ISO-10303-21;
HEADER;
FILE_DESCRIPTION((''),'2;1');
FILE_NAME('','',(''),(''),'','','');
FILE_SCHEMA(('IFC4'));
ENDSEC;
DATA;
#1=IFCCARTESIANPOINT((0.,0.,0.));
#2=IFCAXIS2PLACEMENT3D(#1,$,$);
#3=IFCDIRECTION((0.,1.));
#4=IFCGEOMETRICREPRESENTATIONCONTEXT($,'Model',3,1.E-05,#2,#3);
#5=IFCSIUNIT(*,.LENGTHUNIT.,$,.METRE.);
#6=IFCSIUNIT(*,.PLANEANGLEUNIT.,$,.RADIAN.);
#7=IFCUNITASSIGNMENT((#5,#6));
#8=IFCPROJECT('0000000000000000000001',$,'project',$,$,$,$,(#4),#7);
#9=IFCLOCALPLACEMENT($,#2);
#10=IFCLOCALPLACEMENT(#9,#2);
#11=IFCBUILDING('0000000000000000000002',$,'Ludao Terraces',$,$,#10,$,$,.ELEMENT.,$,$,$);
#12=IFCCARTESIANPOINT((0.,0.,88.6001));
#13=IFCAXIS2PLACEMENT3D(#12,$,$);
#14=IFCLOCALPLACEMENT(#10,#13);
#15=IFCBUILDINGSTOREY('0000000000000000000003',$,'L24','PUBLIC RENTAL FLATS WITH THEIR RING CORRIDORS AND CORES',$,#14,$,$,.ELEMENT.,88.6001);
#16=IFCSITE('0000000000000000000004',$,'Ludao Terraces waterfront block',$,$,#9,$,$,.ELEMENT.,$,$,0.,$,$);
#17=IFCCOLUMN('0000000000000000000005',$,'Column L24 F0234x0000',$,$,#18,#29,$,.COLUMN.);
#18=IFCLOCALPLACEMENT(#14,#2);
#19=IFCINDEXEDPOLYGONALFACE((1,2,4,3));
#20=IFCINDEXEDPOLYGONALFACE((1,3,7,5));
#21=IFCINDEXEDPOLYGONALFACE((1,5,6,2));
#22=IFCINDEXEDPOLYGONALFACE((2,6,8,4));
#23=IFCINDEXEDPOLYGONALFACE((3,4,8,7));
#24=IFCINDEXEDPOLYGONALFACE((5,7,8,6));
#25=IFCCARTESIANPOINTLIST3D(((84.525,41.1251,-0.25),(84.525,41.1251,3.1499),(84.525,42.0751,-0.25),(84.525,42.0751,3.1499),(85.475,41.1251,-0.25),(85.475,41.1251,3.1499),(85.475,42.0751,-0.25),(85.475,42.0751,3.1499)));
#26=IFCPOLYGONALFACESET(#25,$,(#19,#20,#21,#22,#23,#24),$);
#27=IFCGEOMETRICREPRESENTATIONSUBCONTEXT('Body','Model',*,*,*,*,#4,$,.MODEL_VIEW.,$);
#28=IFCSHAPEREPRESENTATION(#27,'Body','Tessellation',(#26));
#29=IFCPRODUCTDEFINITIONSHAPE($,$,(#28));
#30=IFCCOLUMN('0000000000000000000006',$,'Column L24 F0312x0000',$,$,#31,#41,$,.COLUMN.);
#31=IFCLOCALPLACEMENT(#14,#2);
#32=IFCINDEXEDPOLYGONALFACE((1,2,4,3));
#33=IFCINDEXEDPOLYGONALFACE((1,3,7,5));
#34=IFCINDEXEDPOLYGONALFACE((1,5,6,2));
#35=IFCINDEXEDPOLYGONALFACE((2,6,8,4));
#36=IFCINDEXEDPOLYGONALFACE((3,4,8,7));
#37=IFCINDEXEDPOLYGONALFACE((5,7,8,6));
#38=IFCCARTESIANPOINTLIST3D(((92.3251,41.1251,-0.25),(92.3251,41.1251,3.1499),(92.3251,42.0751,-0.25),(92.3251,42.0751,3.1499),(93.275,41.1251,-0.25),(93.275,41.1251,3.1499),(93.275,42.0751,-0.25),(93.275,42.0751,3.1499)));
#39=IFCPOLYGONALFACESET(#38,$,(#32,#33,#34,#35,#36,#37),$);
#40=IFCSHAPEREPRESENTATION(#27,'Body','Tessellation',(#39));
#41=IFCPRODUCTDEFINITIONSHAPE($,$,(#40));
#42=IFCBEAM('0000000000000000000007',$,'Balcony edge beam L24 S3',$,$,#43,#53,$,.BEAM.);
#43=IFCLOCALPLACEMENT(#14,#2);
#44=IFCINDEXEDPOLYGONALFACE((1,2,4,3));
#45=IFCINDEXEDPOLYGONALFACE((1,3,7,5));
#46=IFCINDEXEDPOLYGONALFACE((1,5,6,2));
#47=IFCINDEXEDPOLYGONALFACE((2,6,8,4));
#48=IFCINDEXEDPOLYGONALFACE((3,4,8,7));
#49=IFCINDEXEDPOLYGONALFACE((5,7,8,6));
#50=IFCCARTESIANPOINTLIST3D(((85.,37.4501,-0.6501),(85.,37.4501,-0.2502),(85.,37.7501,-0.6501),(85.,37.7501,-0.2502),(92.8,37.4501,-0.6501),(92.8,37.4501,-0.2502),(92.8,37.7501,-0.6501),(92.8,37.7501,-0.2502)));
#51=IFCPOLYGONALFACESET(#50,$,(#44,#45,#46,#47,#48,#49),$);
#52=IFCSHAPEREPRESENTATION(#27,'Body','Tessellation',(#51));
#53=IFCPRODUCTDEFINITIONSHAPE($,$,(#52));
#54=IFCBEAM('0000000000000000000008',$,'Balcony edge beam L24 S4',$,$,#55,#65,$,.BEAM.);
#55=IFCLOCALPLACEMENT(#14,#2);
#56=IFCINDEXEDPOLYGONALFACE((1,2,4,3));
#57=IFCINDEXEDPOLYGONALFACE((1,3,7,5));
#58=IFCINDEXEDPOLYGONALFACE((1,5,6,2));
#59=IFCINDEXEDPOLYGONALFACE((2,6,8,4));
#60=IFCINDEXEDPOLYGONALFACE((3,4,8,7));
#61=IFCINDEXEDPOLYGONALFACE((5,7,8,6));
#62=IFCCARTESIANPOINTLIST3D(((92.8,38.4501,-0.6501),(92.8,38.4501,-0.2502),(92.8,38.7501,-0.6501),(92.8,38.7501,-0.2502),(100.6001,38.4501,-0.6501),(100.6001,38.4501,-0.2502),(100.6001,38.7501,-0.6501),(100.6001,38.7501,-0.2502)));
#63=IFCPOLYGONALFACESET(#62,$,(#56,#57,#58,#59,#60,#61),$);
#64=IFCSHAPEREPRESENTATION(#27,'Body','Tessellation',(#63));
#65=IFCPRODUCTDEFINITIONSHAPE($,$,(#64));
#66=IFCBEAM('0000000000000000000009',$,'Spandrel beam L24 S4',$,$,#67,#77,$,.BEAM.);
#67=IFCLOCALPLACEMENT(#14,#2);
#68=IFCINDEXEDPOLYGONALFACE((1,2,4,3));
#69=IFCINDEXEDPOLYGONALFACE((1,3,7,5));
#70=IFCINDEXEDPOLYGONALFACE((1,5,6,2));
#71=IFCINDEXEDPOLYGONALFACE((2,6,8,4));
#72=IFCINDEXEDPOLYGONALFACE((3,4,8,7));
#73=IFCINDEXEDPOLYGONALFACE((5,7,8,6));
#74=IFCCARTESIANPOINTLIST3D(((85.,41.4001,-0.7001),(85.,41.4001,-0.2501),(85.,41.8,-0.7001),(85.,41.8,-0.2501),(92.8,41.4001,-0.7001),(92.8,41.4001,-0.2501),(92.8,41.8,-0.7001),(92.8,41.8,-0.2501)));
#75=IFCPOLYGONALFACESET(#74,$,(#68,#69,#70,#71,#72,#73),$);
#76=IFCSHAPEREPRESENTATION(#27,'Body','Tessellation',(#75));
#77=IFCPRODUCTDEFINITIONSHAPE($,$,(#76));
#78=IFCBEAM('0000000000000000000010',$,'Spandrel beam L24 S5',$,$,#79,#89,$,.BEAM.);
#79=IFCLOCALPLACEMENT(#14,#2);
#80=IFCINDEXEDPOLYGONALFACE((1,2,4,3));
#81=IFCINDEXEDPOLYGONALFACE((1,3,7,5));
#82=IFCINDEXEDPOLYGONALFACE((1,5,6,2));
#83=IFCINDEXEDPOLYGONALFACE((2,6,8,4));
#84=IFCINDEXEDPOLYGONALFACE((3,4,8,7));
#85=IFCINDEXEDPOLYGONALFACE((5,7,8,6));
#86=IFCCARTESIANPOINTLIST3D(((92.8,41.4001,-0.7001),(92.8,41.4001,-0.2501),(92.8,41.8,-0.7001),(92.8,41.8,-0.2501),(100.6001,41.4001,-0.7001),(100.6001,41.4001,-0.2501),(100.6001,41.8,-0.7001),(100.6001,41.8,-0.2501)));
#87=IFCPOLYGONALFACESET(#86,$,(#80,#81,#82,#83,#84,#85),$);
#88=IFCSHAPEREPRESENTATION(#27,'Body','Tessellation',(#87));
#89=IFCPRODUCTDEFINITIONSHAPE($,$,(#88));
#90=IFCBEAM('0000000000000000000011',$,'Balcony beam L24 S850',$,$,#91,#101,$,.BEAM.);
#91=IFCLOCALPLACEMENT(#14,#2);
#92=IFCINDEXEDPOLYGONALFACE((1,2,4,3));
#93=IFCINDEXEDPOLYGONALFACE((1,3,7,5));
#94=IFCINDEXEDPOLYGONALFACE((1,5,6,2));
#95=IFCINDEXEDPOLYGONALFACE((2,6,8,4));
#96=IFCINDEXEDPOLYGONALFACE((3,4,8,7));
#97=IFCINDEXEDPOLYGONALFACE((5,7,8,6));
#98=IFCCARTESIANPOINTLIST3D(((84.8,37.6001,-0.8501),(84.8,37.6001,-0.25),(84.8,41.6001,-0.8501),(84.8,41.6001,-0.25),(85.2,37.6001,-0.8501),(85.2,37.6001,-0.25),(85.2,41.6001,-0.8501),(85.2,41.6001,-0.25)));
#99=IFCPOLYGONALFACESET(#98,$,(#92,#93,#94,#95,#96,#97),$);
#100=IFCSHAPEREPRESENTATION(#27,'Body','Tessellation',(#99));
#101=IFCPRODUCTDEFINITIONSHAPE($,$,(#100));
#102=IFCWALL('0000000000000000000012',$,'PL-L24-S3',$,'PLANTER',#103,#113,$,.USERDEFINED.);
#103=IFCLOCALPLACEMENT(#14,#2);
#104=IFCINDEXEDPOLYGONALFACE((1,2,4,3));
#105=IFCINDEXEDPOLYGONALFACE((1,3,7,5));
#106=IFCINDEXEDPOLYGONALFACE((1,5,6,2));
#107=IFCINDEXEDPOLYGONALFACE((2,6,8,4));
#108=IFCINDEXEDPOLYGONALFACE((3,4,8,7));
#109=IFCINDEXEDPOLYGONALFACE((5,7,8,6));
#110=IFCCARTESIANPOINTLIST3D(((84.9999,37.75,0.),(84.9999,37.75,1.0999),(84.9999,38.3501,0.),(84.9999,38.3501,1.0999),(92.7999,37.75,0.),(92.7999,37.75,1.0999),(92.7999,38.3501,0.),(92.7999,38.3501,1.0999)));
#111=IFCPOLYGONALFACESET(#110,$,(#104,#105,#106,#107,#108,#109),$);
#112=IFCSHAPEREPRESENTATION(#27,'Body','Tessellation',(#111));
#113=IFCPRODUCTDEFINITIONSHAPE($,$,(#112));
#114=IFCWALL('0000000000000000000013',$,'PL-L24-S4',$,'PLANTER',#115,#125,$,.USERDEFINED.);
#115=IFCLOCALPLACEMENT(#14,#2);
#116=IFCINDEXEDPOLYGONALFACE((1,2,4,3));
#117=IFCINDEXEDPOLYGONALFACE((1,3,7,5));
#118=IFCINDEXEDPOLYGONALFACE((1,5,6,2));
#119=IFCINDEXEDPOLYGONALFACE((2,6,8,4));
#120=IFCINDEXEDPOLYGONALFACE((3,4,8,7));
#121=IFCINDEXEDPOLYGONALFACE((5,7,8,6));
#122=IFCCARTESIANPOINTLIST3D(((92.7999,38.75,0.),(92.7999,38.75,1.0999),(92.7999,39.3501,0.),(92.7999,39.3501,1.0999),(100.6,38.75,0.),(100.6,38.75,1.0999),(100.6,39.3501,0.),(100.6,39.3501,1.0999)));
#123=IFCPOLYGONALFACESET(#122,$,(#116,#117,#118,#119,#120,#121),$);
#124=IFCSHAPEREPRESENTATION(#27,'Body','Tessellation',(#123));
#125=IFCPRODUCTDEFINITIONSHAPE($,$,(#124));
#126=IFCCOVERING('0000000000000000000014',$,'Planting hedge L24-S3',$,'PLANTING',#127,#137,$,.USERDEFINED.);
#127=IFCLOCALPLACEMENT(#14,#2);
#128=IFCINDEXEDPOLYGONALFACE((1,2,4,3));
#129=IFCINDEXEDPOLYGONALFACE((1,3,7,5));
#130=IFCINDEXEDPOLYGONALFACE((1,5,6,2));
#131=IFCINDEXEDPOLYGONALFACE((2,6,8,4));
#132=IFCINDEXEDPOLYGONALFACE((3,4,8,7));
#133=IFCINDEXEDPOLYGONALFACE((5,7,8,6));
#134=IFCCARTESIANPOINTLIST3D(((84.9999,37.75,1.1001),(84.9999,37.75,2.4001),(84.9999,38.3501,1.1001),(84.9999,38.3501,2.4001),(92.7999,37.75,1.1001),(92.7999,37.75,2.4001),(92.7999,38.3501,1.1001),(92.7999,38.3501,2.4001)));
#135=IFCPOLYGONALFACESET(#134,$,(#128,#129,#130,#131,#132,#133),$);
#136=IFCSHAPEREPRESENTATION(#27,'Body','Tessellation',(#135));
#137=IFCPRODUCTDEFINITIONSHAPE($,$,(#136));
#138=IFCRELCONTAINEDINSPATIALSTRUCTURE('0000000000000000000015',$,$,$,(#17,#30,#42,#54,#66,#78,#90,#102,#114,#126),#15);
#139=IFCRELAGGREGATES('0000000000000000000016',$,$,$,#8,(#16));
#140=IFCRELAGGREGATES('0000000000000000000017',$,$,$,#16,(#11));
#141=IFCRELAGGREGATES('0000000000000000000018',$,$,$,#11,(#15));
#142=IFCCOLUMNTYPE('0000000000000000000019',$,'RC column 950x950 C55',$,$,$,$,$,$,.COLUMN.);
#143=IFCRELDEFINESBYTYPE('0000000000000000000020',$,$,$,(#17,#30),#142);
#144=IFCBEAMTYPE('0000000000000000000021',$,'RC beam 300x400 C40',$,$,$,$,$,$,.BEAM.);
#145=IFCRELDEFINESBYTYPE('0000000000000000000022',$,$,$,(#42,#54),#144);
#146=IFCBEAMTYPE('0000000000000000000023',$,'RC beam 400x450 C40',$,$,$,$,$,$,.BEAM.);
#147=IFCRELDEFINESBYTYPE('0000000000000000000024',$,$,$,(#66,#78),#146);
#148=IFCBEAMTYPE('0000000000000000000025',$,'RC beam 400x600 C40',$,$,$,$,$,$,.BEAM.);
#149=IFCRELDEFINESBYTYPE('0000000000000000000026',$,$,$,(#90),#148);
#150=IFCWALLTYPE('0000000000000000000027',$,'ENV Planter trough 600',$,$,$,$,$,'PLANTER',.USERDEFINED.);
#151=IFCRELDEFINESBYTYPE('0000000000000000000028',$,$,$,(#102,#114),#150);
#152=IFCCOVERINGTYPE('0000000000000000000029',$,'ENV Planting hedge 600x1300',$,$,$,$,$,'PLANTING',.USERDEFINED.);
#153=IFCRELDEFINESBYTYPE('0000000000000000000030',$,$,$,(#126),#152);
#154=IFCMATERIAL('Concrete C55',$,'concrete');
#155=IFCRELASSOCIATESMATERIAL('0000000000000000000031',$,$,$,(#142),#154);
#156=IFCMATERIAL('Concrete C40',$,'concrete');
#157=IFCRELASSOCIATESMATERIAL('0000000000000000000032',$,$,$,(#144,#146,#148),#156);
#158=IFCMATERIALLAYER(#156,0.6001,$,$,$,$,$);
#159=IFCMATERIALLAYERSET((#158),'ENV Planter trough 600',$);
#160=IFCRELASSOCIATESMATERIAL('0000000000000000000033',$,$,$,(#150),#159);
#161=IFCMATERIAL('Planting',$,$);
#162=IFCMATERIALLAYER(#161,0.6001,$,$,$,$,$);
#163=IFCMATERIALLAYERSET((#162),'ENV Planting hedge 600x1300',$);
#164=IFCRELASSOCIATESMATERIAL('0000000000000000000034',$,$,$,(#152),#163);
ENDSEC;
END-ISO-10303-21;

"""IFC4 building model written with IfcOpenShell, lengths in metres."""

from ifc_helpers import new_model, si_unit, direction, frame, frame_2d, origin, origin_2d, place, context, subcontext, project, spatial, rectangle, extrude, material, layer, layer_set, material_profile, profile_set, type_object, element, save


model = new_model("IFC4")

# Units and contexts
model_context = context("Model", 3, precision=1e-05, world=origin(), true_north=direction((0.0, 1.0)))
body_context = subcontext(model_context, "Body", "Model", "MODEL_VIEW")
ifc_project = project(units=[si_unit("LENGTHUNIT", "METRE"), si_unit("PLANEANGLEUNIT", "RADIAN")], contexts=[model_context])

# Site, building, storey
site_placement = place(None, origin())
site = spatial("IfcSite", under=ifc_project, at=site_placement, Name="Ludao Terraces waterfront block", CompositionType="ELEMENT", RefElevation=0.0)
building_placement = place(site_placement, origin())
building = spatial("IfcBuilding", under=site, at=building_placement, Name="Ludao Terraces", CompositionType="ELEMENT")
storey_placement = place(building_placement, frame((0.0, 0.0, 88.6001)))
storey = spatial("IfcBuildingStorey", under=building, at=storey_placement, Name="L24", Description="PUBLIC RENTAL FLATS WITH THEIR RING CORRIDORS AND CORES", CompositionType="ELEMENT", Elevation=88.6001)

# Columns
ifc_material_1 = material(Name="Concrete C55", Category="concrete")
ifc_material_profile_1 = material_profile(ifc_material_1, rectangle(XDim=0.95, YDim=0.95, at=origin_2d()), Name="950 X 950")
ifc_profile_set_1 = profile_set([ifc_material_profile_1], Name="Concrete C55")
column_type = type_object("IfcColumnType", Name="RC column 950x950 C55", PredefinedType="COLUMN", material=ifc_profile_set_1)
for number, where, z_axis, x_axis, name in (
    (1, (85.0, 41.6001, -0.25), (0.0, 0.0, 1.0), (1.0, 0.0, 0.0), "Column L24 F0234x0000"),
    (2, (92.8, 41.6001, -0.25), (0.0, 0.0, 1.0), (1.0, 0.0, 0.0), "Column L24 F0312x0000"),
):
    element("IfcColumn", number, at=place(storey_placement, frame(where, z_axis=z_axis, x_axis=x_axis)), inside=storey, type_object=column_type, Name=name, PredefinedType="COLUMN", context=body_context, shape_type="SweptSolid", body=[
        extrude(rectangle(XDim=0.95, YDim=0.95, at=origin_2d()), origin(), (0.0, 0.0, 1.0), 3.3999),
    ])

# Beams
ifc_material_2 = material(Name="Concrete C40", Category="concrete")
ifc_material_profile_2 = material_profile(ifc_material_2, rectangle(XDim=0.3, YDim=0.3999, at=origin_2d()), Name="300 X 400")
ifc_profile_set_2 = profile_set([ifc_material_profile_2], Name="Concrete C40")
beam_type_1 = type_object("IfcBeamType", Name="RC beam 300x400 C40", PredefinedType="BEAM", material=ifc_profile_set_2)
for number, where, z_axis, x_axis, name in (
    (3, (85.0, 37.6001, -0.4502), (1.0, 0.0, 0.0), (0.0, 1.0, 0.0), "Balcony edge beam L24 S3"),
    (4, (92.8, 38.6001, -0.4502), (1.0, 0.0, 0.0), (0.0, 1.0, 0.0), "Balcony edge beam L24 S4"),
):
    element("IfcBeam", number, at=place(storey_placement, frame(where, z_axis=z_axis, x_axis=x_axis)), inside=storey, type_object=beam_type_1, Name=name, PredefinedType="BEAM", context=body_context, shape_type="SweptSolid", body=[
        extrude(rectangle(XDim=0.3, YDim=0.3999, at=origin_2d()), origin(), (0.0, 0.0, 1.0), 7.8),
    ])
ifc_material_profile_3 = material_profile(ifc_material_2, rectangle(XDim=0.3999, YDim=0.45, at=origin_2d()), Name="400 X 450")
ifc_profile_set_3 = profile_set([ifc_material_profile_3], Name="Concrete C40")
beam_type_2 = type_object("IfcBeamType", Name="RC beam 400x450 C40", PredefinedType="BEAM", material=ifc_profile_set_3)
for number, where, z_axis, x_axis, name in (
    (5, (85.0, 41.6001, -0.4751), (1.0, 0.0, 0.0), (0.0, 1.0, 0.0), "Spandrel beam L24 S4"),
    (6, (92.8, 41.6001, -0.4751), (1.0, 0.0, 0.0), (0.0, 1.0, 0.0), "Spandrel beam L24 S5"),
):
    element("IfcBeam", number, at=place(storey_placement, frame(where, z_axis=z_axis, x_axis=x_axis)), inside=storey, type_object=beam_type_2, Name=name, PredefinedType="BEAM", context=body_context, shape_type="SweptSolid", body=[
        extrude(rectangle(XDim=0.3999, YDim=0.45, at=origin_2d()), origin(), (0.0, 0.0, 1.0), 7.8),
    ])
ifc_material_profile_4 = material_profile(ifc_material_2, rectangle(XDim=0.3999, YDim=0.6001, at=origin_2d()), Name="400 X 600")
ifc_profile_set_4 = profile_set([ifc_material_profile_4], Name="Concrete C40")
beam_type_3 = type_object("IfcBeamType", Name="RC beam 400x600 C40", PredefinedType="BEAM", material=ifc_profile_set_4)
beam_placement = place(storey_placement, frame((85.0, 41.6001, -0.55), z_axis=(0.0, -1.0, 0.0), x_axis=(1.0, 0.0, 0.0)))
element("IfcBeam", 7, at=beam_placement, inside=storey, type_object=beam_type_3, Name="Balcony beam L24 S850", PredefinedType="BEAM", context=body_context, shape_type="SweptSolid", body=[
    extrude(rectangle(XDim=0.3999, YDim=0.6001, at=origin_2d()), origin(), (0.0, 0.0, 1.0), 4.0),
])

# Walls
ifc_layer_1 = layer(ifc_material_2, 0.6001)
ifc_layer_set_1 = layer_set([ifc_layer_1], Name="ENV Planter trough 600")
wall_type = type_object("IfcWallType", Name="ENV Planter trough 600", ElementType="PLANTER", PredefinedType="USERDEFINED", material=ifc_layer_set_1)
for number, where, z_axis, x_axis, name in (
    (8, (85.0, 38.05, 0.0), (0.0, 0.0, 1.0), (1.0, 0.0, 0.0), "PL-L24-S3"),
    (9, (92.8, 39.05, 0.0), (0.0, 0.0, 1.0), (1.0, 0.0, 0.0), "PL-L24-S4"),
):
    element("IfcWall", number, at=place(storey_placement, frame(where, z_axis=z_axis, x_axis=x_axis)), inside=storey, type_object=wall_type, Name=name, ObjectType="PLANTER", PredefinedType="USERDEFINED", context=body_context, shape_type="SweptSolid", body=[
        extrude(rectangle(XDim=7.8, YDim=0.6001, at=frame_2d((3.8999, 0.0))), origin(), (0.0, 0.0, 1.0), 1.0999),
    ])

# Covering
ifc_material_3 = material(Name="Planting")
ifc_layer_2 = layer(ifc_material_3, 0.6001)
ifc_layer_set_2 = layer_set([ifc_layer_2], Name="ENV Planting hedge 600x1300")
covering_type = type_object("IfcCoveringType", Name="ENV Planting hedge 600x1300", ElementType="PLANTING", PredefinedType="USERDEFINED", material=ifc_layer_set_2)
covering_placement = place(storey_placement, frame((88.8999, 38.05, 1.1001), z_axis=(0.0, 0.0, 1.0), x_axis=(1.0, 0.0, 0.0)))
element("IfcCovering", 10, at=covering_placement, inside=storey, type_object=covering_type, Name="Planting hedge L24-S3", ObjectType="PLANTING", PredefinedType="USERDEFINED", context=body_context, shape_type="SweptSolid", body=[
    extrude(rectangle(XDim=7.8, YDim=0.6001, at=origin_2d()), origin(), (0.0, 0.0, 1.0), 1.3),
])

save(model, "model.ifc")
